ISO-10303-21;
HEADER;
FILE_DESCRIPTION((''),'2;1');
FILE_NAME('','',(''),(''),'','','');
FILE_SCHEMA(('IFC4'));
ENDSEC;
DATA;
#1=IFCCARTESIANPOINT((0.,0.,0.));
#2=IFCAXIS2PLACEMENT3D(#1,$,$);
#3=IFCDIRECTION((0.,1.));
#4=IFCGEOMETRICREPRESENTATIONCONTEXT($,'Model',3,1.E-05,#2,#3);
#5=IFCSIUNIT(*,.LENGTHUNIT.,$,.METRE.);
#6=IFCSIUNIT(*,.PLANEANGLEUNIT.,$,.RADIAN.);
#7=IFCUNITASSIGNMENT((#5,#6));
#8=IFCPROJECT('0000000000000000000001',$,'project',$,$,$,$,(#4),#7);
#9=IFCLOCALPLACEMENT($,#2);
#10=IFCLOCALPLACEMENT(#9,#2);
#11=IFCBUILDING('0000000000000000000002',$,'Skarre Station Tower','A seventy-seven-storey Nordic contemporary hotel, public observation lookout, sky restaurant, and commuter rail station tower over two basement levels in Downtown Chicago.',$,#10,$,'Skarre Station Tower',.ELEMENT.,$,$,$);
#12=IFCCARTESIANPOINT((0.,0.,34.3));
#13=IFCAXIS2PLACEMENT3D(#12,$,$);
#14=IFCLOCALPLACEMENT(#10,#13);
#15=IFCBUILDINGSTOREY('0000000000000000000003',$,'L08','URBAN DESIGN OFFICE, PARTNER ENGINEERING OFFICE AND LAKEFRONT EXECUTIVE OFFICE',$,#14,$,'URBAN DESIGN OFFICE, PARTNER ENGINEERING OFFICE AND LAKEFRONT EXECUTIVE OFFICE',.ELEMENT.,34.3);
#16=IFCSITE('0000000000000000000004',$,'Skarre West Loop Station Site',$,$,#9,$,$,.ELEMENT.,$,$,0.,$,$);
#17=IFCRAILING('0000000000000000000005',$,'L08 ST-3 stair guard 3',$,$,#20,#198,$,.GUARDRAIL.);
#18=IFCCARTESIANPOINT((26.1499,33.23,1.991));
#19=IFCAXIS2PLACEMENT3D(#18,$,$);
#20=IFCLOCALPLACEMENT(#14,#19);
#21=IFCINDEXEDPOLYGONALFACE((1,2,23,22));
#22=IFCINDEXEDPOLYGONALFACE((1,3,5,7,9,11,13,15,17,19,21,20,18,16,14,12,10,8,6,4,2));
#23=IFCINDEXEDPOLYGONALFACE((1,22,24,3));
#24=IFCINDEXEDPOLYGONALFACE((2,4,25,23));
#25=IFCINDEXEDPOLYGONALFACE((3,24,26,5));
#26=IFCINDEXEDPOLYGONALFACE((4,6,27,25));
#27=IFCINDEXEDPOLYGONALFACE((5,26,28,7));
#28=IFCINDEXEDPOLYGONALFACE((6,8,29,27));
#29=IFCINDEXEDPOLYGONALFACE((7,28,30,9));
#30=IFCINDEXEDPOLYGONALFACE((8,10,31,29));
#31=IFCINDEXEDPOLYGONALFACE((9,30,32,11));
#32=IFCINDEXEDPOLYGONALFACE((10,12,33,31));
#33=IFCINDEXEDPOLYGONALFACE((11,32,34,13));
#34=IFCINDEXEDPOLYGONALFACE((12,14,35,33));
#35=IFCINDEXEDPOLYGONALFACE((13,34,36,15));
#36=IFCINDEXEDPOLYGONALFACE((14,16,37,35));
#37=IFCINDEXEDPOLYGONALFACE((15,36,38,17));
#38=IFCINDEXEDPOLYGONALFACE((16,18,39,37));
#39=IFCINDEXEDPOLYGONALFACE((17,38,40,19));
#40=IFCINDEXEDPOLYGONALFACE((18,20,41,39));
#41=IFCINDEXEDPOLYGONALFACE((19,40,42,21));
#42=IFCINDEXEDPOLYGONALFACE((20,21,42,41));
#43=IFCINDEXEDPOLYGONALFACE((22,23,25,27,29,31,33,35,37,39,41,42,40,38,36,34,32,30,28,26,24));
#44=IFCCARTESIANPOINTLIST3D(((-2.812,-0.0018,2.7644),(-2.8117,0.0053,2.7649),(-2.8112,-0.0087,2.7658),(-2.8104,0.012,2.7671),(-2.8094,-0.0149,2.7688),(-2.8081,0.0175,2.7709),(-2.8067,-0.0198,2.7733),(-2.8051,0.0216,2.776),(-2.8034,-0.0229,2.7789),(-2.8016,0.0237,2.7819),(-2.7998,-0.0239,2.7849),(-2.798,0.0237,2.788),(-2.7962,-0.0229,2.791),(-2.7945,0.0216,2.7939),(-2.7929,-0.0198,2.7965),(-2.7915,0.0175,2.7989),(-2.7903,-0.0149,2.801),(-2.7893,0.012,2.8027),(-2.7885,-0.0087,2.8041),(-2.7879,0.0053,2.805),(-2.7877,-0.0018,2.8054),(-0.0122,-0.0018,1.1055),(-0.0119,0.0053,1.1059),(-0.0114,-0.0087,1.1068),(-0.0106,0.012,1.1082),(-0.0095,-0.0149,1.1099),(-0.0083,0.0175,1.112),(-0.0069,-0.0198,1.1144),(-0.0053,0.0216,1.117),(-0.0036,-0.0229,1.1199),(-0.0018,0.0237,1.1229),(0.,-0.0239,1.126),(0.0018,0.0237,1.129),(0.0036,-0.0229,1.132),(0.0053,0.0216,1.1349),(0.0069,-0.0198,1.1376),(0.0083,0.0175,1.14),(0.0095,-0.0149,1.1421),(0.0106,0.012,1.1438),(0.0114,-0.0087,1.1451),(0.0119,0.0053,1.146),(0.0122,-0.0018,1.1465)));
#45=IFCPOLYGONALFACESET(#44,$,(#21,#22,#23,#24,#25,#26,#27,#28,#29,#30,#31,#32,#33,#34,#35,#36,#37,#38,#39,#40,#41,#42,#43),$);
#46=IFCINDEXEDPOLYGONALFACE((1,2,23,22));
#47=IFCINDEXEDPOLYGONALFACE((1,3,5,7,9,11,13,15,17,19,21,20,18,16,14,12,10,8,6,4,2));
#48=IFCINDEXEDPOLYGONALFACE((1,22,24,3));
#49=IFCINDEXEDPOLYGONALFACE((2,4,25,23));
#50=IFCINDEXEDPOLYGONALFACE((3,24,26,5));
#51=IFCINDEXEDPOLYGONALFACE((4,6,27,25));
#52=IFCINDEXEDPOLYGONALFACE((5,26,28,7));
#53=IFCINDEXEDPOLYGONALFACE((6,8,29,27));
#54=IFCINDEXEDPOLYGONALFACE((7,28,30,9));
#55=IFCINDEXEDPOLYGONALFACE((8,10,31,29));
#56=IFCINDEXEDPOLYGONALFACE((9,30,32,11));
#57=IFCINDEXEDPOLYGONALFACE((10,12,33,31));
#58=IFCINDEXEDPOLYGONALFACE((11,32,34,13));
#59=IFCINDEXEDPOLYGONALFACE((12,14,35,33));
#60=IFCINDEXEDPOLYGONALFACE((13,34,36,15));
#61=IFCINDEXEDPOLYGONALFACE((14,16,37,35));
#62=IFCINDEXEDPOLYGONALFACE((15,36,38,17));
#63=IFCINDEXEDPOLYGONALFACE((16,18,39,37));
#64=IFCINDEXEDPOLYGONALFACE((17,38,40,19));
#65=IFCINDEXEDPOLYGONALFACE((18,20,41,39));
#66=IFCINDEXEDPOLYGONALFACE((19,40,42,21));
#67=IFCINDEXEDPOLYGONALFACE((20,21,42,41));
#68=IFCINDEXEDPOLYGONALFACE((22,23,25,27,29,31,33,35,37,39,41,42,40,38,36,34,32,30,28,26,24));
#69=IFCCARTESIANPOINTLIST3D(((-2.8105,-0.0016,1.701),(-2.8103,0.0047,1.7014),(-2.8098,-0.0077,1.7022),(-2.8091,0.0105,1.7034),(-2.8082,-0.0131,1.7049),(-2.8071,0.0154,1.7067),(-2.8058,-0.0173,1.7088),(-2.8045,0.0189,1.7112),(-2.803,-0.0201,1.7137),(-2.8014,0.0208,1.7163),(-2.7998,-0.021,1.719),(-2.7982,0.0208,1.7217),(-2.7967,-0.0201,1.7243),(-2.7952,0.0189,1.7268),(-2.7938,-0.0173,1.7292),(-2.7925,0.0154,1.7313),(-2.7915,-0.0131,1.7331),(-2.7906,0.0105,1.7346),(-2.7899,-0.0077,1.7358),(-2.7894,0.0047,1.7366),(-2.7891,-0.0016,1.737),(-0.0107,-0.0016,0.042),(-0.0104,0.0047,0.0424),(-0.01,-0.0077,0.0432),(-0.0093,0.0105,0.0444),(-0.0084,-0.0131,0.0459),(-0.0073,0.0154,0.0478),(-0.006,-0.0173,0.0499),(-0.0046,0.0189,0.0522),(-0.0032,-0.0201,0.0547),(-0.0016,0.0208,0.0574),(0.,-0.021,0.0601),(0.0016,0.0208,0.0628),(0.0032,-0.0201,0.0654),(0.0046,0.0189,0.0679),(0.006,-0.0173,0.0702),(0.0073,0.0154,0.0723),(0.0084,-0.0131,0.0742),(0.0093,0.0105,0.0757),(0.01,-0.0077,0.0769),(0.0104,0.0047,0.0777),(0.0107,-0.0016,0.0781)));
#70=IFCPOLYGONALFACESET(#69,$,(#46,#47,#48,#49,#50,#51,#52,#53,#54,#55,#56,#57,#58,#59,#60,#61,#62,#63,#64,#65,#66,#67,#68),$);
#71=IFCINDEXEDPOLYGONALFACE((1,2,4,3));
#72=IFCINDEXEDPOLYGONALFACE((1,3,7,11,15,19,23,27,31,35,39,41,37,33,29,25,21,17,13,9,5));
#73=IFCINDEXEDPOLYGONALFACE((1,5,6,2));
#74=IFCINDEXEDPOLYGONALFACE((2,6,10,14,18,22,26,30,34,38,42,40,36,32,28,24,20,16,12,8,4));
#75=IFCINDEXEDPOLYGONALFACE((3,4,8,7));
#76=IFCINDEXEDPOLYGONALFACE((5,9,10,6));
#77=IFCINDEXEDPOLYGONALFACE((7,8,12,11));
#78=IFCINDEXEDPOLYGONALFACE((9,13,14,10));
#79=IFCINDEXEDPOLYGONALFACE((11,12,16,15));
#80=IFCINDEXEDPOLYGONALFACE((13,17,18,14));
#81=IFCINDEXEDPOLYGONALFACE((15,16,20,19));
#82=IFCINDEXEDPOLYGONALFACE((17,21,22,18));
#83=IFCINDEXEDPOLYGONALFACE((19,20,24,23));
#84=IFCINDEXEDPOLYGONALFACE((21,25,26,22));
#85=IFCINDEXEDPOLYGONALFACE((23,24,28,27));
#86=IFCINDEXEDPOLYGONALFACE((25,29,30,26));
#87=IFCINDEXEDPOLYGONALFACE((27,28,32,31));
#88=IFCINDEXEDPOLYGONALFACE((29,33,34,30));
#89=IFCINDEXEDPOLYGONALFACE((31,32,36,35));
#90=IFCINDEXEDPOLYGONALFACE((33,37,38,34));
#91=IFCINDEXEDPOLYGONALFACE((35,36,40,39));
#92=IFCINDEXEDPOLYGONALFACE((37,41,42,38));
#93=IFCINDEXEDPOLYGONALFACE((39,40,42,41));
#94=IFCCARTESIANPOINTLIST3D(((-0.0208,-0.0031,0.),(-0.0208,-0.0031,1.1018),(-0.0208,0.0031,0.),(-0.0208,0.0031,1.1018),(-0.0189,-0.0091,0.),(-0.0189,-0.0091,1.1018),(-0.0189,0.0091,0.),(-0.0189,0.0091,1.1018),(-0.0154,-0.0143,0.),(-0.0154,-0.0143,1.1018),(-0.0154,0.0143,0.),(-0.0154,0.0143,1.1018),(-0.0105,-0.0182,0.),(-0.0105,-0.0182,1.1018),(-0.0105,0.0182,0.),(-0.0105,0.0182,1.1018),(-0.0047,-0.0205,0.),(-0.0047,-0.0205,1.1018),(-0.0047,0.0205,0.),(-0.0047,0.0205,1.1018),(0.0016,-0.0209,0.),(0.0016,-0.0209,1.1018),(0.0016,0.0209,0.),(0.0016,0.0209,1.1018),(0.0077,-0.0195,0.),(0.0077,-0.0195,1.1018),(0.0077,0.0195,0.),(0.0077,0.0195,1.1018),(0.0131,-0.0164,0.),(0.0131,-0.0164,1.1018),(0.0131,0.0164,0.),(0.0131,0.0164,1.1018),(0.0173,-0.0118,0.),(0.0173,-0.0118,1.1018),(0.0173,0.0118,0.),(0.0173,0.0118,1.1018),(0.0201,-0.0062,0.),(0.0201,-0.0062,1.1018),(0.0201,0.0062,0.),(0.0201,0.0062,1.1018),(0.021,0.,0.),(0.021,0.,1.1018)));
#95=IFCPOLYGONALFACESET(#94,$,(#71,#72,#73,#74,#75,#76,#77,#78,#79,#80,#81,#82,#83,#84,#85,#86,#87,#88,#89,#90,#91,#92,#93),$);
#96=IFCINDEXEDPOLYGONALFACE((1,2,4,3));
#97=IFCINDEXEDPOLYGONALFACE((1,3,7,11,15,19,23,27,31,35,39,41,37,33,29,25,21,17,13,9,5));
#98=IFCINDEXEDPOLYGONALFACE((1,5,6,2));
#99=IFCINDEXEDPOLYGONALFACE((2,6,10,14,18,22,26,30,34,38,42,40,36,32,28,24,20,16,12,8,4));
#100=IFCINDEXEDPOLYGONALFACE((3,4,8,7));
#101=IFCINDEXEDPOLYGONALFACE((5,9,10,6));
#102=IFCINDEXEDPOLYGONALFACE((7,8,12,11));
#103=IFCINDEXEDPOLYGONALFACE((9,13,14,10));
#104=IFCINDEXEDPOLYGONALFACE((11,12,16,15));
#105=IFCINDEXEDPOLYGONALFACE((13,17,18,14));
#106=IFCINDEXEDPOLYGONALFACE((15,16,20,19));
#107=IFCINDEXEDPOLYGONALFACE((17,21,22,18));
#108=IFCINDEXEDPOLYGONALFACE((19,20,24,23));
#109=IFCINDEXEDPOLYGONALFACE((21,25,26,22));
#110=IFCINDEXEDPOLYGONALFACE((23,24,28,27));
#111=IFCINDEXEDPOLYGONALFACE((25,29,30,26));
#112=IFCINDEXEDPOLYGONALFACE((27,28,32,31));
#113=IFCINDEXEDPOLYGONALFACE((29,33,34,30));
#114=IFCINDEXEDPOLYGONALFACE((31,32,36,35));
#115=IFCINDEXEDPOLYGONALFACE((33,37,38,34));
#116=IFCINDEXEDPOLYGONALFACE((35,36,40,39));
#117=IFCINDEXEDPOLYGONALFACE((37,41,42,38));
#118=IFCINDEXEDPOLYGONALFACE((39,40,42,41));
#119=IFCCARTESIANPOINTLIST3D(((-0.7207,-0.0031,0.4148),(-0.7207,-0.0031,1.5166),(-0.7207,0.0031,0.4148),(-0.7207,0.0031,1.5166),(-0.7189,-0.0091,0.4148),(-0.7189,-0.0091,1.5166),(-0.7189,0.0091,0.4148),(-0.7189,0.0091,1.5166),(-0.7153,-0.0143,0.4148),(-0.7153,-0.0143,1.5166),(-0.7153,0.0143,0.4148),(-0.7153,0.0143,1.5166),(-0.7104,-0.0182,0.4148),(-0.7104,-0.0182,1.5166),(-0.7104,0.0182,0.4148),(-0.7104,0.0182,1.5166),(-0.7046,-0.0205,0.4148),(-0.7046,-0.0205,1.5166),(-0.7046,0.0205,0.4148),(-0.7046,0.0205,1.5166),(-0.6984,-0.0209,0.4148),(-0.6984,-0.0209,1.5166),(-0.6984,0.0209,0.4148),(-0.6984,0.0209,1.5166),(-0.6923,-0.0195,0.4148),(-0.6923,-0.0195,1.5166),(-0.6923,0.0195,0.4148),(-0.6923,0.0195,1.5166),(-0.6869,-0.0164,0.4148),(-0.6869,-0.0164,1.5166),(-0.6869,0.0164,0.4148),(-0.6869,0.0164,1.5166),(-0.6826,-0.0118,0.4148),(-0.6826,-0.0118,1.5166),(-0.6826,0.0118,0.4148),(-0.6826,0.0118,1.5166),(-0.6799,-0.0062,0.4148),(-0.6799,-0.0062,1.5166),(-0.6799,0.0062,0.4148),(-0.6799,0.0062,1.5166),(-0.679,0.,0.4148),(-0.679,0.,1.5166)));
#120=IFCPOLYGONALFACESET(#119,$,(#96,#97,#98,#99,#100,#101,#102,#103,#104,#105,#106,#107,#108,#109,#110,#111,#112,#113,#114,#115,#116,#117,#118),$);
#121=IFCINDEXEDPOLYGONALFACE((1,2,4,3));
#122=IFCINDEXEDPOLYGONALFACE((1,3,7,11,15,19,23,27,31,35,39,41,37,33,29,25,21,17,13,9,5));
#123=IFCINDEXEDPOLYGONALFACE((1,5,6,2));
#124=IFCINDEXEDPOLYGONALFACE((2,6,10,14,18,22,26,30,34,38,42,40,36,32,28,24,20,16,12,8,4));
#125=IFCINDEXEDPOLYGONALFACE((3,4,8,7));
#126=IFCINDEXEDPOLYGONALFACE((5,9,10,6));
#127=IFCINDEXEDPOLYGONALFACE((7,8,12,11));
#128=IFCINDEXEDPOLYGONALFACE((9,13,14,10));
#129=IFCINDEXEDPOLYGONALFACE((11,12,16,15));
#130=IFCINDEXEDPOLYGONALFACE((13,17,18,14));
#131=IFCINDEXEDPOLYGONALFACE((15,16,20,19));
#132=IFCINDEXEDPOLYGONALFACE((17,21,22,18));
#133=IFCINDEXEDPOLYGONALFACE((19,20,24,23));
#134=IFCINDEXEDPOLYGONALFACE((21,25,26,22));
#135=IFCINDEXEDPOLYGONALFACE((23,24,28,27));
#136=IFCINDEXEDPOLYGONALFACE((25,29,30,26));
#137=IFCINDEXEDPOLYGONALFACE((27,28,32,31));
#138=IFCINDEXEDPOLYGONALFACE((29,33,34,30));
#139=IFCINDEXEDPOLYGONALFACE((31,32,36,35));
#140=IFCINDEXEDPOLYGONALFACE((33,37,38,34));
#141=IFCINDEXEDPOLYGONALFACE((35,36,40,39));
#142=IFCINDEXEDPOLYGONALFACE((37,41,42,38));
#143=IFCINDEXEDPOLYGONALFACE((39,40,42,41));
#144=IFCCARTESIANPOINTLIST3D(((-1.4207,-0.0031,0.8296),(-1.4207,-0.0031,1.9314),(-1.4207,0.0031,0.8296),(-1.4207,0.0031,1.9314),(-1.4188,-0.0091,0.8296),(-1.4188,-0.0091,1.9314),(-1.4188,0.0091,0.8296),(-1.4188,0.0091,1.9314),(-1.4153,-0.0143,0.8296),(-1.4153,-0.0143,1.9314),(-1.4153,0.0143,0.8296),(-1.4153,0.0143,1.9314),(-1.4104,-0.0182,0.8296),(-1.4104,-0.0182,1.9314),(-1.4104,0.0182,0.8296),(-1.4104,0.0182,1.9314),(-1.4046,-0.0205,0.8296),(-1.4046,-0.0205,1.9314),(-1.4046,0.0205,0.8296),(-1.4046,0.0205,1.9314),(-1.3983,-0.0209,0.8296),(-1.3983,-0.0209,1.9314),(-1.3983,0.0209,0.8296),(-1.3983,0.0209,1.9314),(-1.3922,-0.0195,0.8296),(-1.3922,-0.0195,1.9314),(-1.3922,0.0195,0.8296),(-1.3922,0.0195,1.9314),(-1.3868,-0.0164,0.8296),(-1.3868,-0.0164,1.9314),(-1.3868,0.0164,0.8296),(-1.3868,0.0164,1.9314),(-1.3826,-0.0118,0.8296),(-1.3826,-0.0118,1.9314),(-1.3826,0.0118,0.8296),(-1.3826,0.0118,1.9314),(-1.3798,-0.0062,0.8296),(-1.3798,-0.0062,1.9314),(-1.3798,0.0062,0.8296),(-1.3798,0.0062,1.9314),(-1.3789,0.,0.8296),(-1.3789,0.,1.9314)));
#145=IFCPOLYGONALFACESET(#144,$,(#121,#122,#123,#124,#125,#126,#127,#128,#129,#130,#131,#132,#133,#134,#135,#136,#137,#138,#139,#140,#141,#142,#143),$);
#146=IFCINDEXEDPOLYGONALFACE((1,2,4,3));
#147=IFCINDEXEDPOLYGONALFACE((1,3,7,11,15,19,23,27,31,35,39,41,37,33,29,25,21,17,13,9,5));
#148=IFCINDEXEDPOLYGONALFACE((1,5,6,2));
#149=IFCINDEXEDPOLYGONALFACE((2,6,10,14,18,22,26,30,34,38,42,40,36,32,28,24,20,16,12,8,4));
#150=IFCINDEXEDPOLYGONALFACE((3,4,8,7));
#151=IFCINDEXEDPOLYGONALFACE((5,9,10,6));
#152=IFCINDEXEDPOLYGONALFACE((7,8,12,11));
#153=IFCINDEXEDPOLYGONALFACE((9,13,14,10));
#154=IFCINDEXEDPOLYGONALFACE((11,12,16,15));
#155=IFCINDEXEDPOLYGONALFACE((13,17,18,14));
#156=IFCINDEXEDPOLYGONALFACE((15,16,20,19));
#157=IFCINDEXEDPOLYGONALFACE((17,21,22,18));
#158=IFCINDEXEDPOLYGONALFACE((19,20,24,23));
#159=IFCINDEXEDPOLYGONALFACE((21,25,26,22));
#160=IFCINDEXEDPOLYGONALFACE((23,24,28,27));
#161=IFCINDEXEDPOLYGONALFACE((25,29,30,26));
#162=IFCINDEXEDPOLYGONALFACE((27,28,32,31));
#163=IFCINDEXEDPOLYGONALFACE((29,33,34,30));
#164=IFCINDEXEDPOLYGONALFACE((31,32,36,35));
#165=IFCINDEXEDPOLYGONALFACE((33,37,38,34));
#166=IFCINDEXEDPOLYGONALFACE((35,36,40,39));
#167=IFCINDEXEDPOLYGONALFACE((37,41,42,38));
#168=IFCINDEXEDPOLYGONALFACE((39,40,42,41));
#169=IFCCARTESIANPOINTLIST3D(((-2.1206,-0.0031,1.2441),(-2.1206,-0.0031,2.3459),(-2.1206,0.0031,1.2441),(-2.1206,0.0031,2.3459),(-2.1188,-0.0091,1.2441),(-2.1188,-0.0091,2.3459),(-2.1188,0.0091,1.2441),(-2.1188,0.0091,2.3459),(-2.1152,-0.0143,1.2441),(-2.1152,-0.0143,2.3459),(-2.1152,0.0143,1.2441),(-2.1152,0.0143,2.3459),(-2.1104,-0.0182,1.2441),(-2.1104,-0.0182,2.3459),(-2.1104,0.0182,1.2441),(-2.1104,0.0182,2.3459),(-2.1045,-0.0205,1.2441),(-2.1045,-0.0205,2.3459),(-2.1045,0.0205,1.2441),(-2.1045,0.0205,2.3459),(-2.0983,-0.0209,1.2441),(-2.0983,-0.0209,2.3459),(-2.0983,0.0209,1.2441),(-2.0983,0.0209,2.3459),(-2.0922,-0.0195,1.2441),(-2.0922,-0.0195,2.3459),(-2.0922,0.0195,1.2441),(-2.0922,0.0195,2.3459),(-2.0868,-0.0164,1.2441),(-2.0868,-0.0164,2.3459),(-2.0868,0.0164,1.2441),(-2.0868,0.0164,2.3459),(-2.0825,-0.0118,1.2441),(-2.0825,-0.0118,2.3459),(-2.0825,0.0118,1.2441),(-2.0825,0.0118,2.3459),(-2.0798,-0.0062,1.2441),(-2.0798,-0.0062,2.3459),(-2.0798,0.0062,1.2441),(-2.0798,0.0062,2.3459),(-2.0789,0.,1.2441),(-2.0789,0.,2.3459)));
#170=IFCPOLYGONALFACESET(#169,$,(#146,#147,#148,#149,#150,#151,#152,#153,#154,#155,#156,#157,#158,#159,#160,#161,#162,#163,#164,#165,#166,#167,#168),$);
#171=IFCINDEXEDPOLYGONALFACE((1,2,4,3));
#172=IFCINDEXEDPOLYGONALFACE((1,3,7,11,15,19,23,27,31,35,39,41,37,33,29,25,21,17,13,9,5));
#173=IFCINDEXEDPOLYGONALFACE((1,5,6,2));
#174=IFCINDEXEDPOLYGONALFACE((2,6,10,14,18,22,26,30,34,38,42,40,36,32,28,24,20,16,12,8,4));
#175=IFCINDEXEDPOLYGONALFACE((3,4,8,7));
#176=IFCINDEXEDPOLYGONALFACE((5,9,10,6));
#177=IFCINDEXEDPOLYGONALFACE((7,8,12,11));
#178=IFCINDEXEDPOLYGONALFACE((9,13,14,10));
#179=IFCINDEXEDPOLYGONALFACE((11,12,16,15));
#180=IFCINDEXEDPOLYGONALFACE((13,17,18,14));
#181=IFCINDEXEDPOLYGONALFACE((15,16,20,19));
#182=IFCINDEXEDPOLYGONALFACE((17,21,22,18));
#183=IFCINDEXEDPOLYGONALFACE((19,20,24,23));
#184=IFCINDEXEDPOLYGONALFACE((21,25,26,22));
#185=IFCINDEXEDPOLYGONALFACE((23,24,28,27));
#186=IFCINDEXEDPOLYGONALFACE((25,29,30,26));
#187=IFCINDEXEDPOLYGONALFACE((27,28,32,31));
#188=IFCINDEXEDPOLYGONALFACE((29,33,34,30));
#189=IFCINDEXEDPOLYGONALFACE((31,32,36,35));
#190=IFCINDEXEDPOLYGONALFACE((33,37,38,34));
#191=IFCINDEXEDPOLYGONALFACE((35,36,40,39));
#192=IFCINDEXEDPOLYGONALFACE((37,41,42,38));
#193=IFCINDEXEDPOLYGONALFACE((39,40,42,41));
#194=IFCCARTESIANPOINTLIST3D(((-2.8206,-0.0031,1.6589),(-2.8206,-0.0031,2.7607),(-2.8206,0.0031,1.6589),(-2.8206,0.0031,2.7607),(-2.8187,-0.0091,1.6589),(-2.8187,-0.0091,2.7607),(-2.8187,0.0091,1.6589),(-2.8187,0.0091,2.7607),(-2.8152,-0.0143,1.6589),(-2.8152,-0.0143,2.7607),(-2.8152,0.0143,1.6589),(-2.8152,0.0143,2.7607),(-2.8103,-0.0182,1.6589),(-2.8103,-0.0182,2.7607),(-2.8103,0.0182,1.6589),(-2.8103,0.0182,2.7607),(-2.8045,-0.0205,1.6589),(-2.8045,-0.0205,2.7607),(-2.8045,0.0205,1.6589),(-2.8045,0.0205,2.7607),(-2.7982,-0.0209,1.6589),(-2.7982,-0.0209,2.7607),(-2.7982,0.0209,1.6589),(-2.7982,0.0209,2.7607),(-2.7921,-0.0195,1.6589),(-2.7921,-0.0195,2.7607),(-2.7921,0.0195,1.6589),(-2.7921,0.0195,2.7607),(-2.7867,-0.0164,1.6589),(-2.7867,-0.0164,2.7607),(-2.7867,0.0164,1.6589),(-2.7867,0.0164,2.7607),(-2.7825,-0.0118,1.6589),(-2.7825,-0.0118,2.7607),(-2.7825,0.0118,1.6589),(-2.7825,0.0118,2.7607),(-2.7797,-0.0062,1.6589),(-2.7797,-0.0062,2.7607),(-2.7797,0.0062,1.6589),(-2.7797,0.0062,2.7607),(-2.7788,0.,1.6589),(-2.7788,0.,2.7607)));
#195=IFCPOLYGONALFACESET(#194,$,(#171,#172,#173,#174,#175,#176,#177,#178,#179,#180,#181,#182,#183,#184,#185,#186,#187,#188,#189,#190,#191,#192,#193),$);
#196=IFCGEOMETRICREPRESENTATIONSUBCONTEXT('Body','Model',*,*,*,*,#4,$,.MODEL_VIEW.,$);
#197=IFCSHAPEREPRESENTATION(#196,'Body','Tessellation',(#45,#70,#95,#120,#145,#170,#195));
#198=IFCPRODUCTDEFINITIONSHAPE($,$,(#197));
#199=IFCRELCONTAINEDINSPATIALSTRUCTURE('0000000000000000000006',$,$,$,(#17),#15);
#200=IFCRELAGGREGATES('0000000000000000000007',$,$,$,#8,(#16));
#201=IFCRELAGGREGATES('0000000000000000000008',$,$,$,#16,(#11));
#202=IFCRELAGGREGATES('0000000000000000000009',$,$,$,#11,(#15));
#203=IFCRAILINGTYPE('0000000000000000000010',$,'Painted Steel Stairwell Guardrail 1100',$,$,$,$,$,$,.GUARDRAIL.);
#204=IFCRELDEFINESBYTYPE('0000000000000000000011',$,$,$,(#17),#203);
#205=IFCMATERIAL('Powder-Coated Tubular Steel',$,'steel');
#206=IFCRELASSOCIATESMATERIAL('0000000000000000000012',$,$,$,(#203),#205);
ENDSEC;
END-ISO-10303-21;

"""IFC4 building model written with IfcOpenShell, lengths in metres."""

from ifc_helpers import new_model, si_unit, direction, frame, origin, origin_2d, place, context, subcontext, project, spatial, circle, extrude, material, type_object, element, save


model = new_model("IFC4")

# Units and contexts
model_context = context("Model", 3, precision=1e-05, world=origin(), true_north=direction((0.0, 1.0)))
body_context = subcontext(model_context, "Body", "Model", "MODEL_VIEW")
ifc_project = project(units=[si_unit("LENGTHUNIT", "METRE"), si_unit("PLANEANGLEUNIT", "RADIAN")], contexts=[model_context])

# Site, building, storey
site_placement = place(None, origin())
site = spatial("IfcSite", under=ifc_project, at=site_placement, Name="Skarre West Loop Station Site", CompositionType="ELEMENT", RefElevation=0.0)
building_placement = place(site_placement, origin())
building = spatial("IfcBuilding", under=site, at=building_placement, Name="Skarre Station Tower", Description="A seventy-seven-storey Nordic contemporary hotel, public observation lookout, sky restaurant, and commuter rail station tower over two basement levels in Downtown Chicago.", LongName="Skarre Station Tower", CompositionType="ELEMENT")
storey_placement = place(building_placement, frame((0.0, 0.0, 34.3)))
storey = spatial("IfcBuildingStorey", under=building, at=storey_placement, Name="L08", Description="URBAN DESIGN OFFICE, PARTNER ENGINEERING OFFICE AND LAKEFRONT EXECUTIVE OFFICE", LongName="URBAN DESIGN OFFICE, PARTNER ENGINEERING OFFICE AND LAKEFRONT EXECUTIVE OFFICE", CompositionType="ELEMENT", Elevation=34.3)

# Railing
ifc_material_1 = material(Name="Powder-Coated Tubular Steel", Category="steel")
railing_type_1 = type_object("IfcRailingType", Name="Painted Steel Stairwell Guardrail 1100", PredefinedType="GUARDRAIL", material=ifc_material_1)
railing_1_placement = place(storey_placement, frame((26.1499, 33.23, 1.991)))
element("IfcRailing", 1, at=railing_1_placement, inside=storey, type_object=railing_type_1, Name="L08 ST-3 stair guard 3", PredefinedType="GUARDRAIL", context=body_context, shape_type="SweptSolid", body=[
    extrude(circle(Radius=0.0239, at=origin_2d()), frame((0.0, 0.0, 1.126), z_axis=(-0.86032, 0.0, 0.509755), x_axis=(0.0, -1.0, 0.0)), (0.0, 0.0, 1.0), 3.2544),
    extrude(circle(Radius=0.021, at=origin_2d()), frame((0.0, 0.0, 0.0601), z_axis=(-0.86032, 0.0, 0.509755), x_axis=(0.0, -1.0, 0.0)), (0.0, 0.0, 1.0), 3.2544),
    extrude(circle(Radius=0.021, at=origin_2d()), origin(), (0.0, 0.0, 1.0), 1.1018),
    extrude(circle(Radius=0.021, at=origin_2d()), frame((-0.7, 0.0, 0.4148)), (0.0, 0.0, 1.0), 1.1018),
    extrude(circle(Radius=0.021, at=origin_2d()), frame((-1.3999, 0.0, 0.8296)), (0.0, 0.0, 1.0), 1.1018),
    extrude(circle(Radius=0.021, at=origin_2d()), frame((-2.0999, 0.0, 1.2441)), (0.0, 0.0, 1.0), 1.1018),
    extrude(circle(Radius=0.021, at=origin_2d()), frame((-2.7998, 0.0, 1.6589)), (0.0, 0.0, 1.0), 1.1018),
])

save(model, "model.ifc")
